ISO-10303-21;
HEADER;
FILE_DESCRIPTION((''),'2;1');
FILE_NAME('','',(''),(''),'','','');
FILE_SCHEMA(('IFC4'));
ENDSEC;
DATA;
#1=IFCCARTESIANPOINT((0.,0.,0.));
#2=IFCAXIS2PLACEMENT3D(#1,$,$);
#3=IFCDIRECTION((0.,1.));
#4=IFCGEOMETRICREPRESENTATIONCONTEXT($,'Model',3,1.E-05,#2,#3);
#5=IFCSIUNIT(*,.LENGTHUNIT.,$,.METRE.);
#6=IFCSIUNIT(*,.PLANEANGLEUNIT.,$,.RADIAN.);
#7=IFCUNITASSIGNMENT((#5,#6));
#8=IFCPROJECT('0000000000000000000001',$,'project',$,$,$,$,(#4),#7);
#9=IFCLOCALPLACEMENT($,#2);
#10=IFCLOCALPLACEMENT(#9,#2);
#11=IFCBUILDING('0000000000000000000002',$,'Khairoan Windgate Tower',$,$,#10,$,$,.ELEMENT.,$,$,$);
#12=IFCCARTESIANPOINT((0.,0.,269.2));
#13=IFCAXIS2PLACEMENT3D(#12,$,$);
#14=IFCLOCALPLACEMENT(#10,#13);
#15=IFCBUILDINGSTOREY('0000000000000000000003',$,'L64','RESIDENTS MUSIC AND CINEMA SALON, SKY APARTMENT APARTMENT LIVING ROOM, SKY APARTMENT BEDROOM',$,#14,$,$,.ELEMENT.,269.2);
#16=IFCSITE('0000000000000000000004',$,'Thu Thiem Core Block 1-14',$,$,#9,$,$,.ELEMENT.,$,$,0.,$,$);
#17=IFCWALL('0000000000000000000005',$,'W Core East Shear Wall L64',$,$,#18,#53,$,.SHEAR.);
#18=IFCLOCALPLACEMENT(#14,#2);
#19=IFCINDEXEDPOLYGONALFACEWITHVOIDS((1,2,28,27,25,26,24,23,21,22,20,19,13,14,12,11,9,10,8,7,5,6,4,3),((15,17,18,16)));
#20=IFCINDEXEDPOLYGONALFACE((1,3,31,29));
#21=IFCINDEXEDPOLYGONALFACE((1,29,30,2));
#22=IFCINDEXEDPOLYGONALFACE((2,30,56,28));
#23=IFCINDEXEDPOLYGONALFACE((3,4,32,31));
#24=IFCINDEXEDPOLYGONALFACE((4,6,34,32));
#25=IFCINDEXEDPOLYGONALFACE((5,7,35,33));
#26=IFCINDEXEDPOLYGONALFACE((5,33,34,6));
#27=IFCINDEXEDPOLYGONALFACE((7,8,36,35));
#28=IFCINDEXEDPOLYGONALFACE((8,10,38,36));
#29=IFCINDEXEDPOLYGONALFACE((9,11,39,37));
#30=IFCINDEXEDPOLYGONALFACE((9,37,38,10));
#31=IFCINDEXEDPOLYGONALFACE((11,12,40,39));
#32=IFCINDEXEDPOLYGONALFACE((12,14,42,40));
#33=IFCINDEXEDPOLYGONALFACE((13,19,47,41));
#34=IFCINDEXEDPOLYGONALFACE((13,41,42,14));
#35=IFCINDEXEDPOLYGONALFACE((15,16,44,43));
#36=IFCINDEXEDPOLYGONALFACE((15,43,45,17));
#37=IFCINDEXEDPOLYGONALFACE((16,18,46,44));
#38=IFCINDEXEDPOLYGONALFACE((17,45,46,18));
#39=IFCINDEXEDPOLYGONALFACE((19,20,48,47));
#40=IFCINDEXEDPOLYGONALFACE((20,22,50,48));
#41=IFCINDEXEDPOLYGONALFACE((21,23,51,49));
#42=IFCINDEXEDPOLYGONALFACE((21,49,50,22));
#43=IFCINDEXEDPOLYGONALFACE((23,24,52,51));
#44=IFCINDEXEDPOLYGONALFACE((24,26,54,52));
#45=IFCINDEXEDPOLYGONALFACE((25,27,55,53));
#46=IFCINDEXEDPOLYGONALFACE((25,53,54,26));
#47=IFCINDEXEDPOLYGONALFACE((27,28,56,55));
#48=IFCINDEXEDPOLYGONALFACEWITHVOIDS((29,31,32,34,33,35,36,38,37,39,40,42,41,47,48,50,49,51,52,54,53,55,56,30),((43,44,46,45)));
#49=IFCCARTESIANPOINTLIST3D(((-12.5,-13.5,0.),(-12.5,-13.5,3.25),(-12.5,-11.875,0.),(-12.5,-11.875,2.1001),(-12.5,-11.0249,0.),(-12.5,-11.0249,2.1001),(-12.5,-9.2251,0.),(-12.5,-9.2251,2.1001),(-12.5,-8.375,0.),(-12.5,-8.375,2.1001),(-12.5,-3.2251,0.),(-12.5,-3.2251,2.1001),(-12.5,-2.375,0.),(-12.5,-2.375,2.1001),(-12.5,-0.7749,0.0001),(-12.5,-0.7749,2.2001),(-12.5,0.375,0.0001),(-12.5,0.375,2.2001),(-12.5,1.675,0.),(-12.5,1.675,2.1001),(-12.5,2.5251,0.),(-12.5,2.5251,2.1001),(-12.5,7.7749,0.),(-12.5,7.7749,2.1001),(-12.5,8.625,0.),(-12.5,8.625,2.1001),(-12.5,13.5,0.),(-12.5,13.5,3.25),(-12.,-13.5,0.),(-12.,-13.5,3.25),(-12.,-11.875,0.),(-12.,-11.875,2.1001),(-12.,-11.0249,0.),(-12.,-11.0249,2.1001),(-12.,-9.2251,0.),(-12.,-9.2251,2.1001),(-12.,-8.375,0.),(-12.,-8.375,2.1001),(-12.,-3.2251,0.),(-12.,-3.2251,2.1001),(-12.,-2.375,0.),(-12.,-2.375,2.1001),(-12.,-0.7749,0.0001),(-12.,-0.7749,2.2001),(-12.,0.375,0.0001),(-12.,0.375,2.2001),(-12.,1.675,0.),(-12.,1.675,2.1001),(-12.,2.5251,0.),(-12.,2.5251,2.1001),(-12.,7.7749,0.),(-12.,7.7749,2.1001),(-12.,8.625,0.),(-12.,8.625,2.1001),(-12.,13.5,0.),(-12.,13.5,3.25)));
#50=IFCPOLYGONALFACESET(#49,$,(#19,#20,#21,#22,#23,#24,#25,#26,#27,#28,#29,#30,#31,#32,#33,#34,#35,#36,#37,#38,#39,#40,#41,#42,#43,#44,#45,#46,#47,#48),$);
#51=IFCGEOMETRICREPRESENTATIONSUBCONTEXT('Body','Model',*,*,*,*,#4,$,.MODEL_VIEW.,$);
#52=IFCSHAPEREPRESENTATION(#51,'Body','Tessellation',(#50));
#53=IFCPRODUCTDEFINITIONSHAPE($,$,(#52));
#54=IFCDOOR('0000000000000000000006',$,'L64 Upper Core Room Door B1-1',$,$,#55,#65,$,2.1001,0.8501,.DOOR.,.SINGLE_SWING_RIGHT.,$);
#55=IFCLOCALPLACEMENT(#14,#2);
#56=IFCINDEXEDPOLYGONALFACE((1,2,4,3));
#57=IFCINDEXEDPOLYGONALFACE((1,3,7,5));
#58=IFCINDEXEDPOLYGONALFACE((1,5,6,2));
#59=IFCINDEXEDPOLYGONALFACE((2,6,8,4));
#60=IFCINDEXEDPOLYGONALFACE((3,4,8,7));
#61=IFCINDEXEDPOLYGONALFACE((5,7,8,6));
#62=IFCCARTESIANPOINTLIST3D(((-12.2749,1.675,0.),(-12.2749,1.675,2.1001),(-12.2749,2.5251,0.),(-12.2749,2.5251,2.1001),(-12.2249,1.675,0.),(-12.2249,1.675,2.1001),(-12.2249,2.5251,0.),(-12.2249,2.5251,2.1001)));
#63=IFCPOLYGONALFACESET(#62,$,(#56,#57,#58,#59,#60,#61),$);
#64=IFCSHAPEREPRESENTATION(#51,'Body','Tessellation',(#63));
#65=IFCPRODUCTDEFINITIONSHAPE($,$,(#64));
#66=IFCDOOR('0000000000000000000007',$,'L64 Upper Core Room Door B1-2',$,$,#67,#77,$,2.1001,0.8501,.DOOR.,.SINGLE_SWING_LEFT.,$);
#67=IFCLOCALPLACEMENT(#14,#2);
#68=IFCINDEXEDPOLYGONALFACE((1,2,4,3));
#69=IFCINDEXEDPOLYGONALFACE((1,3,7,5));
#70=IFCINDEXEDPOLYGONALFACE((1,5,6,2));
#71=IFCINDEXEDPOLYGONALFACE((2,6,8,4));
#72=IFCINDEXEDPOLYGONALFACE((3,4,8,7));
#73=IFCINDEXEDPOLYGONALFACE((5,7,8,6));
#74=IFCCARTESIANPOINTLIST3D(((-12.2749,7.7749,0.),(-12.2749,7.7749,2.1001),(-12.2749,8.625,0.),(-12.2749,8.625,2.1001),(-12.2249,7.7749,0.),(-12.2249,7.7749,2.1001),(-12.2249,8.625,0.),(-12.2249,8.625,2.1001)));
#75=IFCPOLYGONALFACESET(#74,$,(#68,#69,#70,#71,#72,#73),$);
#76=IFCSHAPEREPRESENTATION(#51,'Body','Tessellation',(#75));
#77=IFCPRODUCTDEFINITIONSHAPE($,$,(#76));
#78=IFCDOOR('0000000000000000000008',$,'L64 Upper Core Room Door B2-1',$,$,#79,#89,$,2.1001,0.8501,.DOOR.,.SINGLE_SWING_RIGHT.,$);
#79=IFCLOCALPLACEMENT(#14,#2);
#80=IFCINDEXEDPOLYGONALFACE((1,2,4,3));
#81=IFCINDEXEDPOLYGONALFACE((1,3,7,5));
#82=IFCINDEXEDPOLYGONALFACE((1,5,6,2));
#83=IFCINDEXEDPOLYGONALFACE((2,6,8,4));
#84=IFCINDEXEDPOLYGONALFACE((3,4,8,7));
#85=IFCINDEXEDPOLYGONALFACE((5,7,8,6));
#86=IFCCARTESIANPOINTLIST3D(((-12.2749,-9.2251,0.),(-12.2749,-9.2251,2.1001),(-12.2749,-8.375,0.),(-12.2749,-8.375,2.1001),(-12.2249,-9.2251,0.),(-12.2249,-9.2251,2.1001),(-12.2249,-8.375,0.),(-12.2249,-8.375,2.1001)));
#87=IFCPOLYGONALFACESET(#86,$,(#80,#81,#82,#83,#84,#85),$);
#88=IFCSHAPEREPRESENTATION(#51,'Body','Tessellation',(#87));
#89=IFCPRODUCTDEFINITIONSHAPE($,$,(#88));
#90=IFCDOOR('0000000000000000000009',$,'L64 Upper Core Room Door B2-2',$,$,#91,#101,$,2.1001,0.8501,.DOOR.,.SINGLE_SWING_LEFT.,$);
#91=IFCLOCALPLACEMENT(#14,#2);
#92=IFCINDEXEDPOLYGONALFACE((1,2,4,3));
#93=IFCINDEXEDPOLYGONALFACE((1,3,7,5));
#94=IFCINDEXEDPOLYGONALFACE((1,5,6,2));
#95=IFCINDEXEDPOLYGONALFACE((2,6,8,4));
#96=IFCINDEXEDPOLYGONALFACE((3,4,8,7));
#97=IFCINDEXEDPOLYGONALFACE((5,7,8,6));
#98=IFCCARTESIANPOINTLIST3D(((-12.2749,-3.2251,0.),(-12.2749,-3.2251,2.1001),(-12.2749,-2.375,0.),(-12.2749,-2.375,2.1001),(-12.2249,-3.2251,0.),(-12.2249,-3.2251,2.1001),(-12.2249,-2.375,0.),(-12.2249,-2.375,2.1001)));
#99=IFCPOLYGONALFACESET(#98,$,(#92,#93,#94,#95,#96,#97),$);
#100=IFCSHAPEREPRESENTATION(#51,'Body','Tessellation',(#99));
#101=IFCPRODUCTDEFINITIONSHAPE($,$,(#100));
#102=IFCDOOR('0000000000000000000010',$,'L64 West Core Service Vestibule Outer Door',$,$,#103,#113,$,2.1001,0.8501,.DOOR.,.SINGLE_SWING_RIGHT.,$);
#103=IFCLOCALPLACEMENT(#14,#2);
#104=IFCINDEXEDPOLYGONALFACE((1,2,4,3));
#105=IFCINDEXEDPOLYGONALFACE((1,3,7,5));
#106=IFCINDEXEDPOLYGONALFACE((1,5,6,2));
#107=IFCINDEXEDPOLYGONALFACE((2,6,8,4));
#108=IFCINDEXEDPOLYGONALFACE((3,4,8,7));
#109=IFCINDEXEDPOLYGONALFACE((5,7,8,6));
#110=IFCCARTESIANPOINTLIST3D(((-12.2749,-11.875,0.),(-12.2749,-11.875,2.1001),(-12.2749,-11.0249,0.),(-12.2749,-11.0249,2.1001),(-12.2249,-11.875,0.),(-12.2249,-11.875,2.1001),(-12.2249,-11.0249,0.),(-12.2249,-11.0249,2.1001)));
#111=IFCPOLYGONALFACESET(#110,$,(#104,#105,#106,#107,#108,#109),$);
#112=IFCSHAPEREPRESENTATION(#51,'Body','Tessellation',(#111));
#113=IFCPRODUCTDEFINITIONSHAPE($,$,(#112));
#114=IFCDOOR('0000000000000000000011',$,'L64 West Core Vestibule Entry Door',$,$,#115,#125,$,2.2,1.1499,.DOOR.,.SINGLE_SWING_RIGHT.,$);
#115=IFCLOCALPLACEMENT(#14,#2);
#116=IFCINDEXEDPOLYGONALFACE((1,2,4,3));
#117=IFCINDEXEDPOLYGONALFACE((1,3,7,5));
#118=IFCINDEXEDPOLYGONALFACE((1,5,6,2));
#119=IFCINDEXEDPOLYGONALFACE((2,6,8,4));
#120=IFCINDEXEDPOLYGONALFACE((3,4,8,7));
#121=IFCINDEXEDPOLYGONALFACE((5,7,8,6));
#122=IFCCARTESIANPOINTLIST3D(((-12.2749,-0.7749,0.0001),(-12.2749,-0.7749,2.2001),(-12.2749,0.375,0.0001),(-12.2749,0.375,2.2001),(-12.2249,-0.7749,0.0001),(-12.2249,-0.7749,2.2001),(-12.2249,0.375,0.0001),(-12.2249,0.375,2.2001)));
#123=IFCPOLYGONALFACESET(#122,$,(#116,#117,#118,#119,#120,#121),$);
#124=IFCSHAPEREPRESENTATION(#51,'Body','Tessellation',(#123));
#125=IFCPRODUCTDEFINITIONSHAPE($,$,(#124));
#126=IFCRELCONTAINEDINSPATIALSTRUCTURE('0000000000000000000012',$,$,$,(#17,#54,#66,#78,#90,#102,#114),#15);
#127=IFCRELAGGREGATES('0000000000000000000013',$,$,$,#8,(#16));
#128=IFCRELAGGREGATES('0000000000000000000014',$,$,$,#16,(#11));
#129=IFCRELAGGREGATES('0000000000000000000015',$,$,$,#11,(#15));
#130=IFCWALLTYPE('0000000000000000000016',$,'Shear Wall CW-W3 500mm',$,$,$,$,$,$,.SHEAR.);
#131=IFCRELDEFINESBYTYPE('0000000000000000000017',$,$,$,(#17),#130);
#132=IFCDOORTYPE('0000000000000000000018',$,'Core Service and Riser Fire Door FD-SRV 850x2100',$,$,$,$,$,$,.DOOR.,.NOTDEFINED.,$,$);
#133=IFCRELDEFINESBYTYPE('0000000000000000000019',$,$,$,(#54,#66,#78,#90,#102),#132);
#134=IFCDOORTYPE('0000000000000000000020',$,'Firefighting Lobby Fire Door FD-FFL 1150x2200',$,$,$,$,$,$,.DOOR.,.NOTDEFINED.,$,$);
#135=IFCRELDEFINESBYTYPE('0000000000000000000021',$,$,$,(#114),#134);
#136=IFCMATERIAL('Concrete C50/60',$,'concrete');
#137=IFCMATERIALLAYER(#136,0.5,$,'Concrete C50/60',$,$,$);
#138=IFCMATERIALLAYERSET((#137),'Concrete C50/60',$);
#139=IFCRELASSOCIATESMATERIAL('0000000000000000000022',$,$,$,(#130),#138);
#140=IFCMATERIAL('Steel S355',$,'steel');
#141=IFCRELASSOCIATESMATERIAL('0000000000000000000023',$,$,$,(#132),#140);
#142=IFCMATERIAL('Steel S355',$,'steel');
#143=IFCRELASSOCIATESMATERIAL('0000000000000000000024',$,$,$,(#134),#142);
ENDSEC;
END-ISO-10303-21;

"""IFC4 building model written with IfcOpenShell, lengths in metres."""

from ifc_helpers import new_model, si_unit, direction, frame, frame_2d, origin, place, context, subcontext, project, spatial, rectangle, extrude, material, layer, layer_set, type_object, element, fill, save


model = new_model("IFC4")

# Units and contexts
model_context = context("Model", 3, precision=1e-05, world=origin(), true_north=direction((0.0, 1.0)))
body_context = subcontext(model_context, "Body", "Model", "MODEL_VIEW")
ifc_project = project(units=[si_unit("LENGTHUNIT", "METRE"), si_unit("PLANEANGLEUNIT", "RADIAN")], contexts=[model_context])

# Site, building, storey
site_placement = place(None, origin())
site = spatial("IfcSite", under=ifc_project, at=site_placement, Name="Thu Thiem Core Block 1-14", CompositionType="ELEMENT", RefElevation=0.0)
building_placement = place(site_placement, origin())
building = spatial("IfcBuilding", under=site, at=building_placement, Name="Khairoan Windgate Tower", CompositionType="ELEMENT")
storey_placement = place(building_placement, frame((0.0, 0.0, 269.2)))
storey = spatial("IfcBuildingStorey", under=building, at=storey_placement, Name="L64", Description="RESIDENTS MUSIC AND CINEMA SALON, SKY APARTMENT APARTMENT LIVING ROOM, SKY APARTMENT BEDROOM", CompositionType="ELEMENT", Elevation=269.2)

# Wall, openings, doors
ifc_material_1 = material(Name="Concrete C50/60", Category="concrete")
ifc_layer_1 = layer(ifc_material_1, 0.5, Name="Concrete C50/60")
ifc_layer_set_1 = layer_set([ifc_layer_1], Name="Concrete C50/60")
wall_type_1 = type_object("IfcWallType", Name="Shear Wall CW-W3 500mm", PredefinedType="SHEAR", material=ifc_layer_set_1)
wall_1_placement = place(storey_placement, frame((-12.25, -13.5, 0.0), z_axis=(0.0, 0.0, 1.0), x_axis=(0.0, 1.0, 0.0)))
wall_1 = element("IfcWall", 1, at=wall_1_placement, inside=storey, type_object=wall_type_1, Name="W Core East Shear Wall L64", PredefinedType="SHEAR", context=body_context, shape_type="SweptSolid", body=[
    extrude(rectangle(XDim=27.0, YDim=0.5, at=frame_2d((13.5, 0.0))), origin(), (0.0, 0.0, 1.0), 3.25),
])
opening_1_placement = place(wall_1_placement, frame((15.175, 0.0, 0.0)))
opening_1 = element("IfcOpeningElement", 2, at=opening_1_placement, cuts=wall_1, PredefinedType="OPENING", context=body_context, shape_type="SweptSolid", body=[
    extrude(rectangle(XDim=0.8501, YDim=2.1001, at=frame_2d((0.425, 1.05))), frame((0.0, 0.26, 0.0), z_axis=(0.0, -1.0, 0.0), x_axis=(1.0, 0.0, 0.0)), (0.0, 0.0, 1.0), 0.52),
])
opening_2_placement = place(wall_1_placement, frame((21.2749, 0.0, 0.0)))
opening_2 = element("IfcOpeningElement", 3, at=opening_2_placement, cuts=wall_1, PredefinedType="OPENING", context=body_context, shape_type="SweptSolid", body=[
    extrude(rectangle(XDim=0.8501, YDim=2.1001, at=frame_2d((0.425, 1.05))), frame((0.0, 0.26, 0.0), z_axis=(0.0, -1.0, 0.0), x_axis=(1.0, 0.0, 0.0)), (0.0, 0.0, 1.0), 0.52),
])
opening_3_placement = place(wall_1_placement, frame((4.2749, 0.0, 0.0)))
opening_3 = element("IfcOpeningElement", 4, at=opening_3_placement, cuts=wall_1, PredefinedType="OPENING", context=body_context, shape_type="SweptSolid", body=[
    extrude(rectangle(XDim=0.8501, YDim=2.1001, at=frame_2d((0.425, 1.05))), frame((0.0, 0.26, 0.0), z_axis=(0.0, -1.0, 0.0), x_axis=(1.0, 0.0, 0.0)), (0.0, 0.0, 1.0), 0.52),
])
opening_4_placement = place(wall_1_placement, frame((10.2749, 0.0, 0.0)))
opening_4 = element("IfcOpeningElement", 5, at=opening_4_placement, cuts=wall_1, PredefinedType="OPENING", context=body_context, shape_type="SweptSolid", body=[
    extrude(rectangle(XDim=0.8501, YDim=2.1001, at=frame_2d((0.425, 1.05))), frame((0.0, 0.26, 0.0), z_axis=(0.0, -1.0, 0.0), x_axis=(1.0, 0.0, 0.0)), (0.0, 0.0, 1.0), 0.52),
])
opening_5_placement = place(wall_1_placement, frame((12.7251, 0.0, 0.0)))
opening_5 = element("IfcOpeningElement", 6, at=opening_5_placement, cuts=wall_1, PredefinedType="OPENING", context=body_context, shape_type="SweptSolid", body=[
    extrude(rectangle(XDim=1.1499, YDim=2.2, at=frame_2d((0.575, 1.1001))), frame((0.0, 0.26, 0.0), z_axis=(0.0, -1.0, 0.0), x_axis=(1.0, 0.0, 0.0)), (0.0, 0.0, 1.0), 0.52),
])
opening_6_placement = place(wall_1_placement, frame((1.625, 0.0, 0.0)))
opening_6 = element("IfcOpeningElement", 7, at=opening_6_placement, cuts=wall_1, PredefinedType="OPENING", context=body_context, shape_type="SweptSolid", body=[
    extrude(rectangle(XDim=0.8501, YDim=2.1001, at=frame_2d((0.425, 1.05))), frame((0.0, 0.26, 0.0), z_axis=(0.0, -1.0, 0.0), x_axis=(1.0, 0.0, 0.0)), (0.0, 0.0, 1.0), 0.52),
])
ifc_material_2 = material(Name="Steel S355", Category="steel")
door_type_1 = type_object("IfcDoorType", Name="Core Service and Riser Fire Door FD-SRV 850x2100", OperationType="NOTDEFINED", PredefinedType="DOOR", material=ifc_material_2)
door_1_placement = place(opening_1_placement, origin())
door_1 = element("IfcDoor", 8, at=door_1_placement, inside=storey, type_object=door_type_1, Name="L64 Upper Core Room Door B1-1", OperationType="SINGLE_SWING_RIGHT", OverallHeight=2.1001, OverallWidth=0.8501, PredefinedType="DOOR", context=body_context, shape_type="SweptSolid", body=[
    extrude(rectangle(XDim=0.8501, YDim=2.1001, at=frame_2d((0.425, 1.05))), frame((0.0, 0.0249, 0.0), z_axis=(0.0, -1.0, 0.0), x_axis=(1.0, 0.0, 0.0)), (0.0, 0.0, 1.0), 0.05),
])
fill(opening_1, door_1)
door_2_placement = place(opening_2_placement, origin())
door_2 = element("IfcDoor", 9, at=door_2_placement, inside=storey, type_object=door_type_1, Name="L64 Upper Core Room Door B1-2", OperationType="SINGLE_SWING_LEFT", OverallHeight=2.1001, OverallWidth=0.8501, PredefinedType="DOOR", context=body_context, shape_type="SweptSolid", body=[
    extrude(rectangle(XDim=0.8501, YDim=2.1001, at=frame_2d((0.425, 1.05))), frame((0.0, 0.0249, 0.0), z_axis=(0.0, -1.0, 0.0), x_axis=(1.0, 0.0, 0.0)), (0.0, 0.0, 1.0), 0.05),
])
fill(opening_2, door_2)
door_3_placement = place(opening_3_placement, origin())
door_3 = element("IfcDoor", 10, at=door_3_placement, inside=storey, type_object=door_type_1, Name="L64 Upper Core Room Door B2-1", OperationType="SINGLE_SWING_RIGHT", OverallHeight=2.1001, OverallWidth=0.8501, PredefinedType="DOOR", context=body_context, shape_type="SweptSolid", body=[
    extrude(rectangle(XDim=0.8501, YDim=2.1001, at=frame_2d((0.425, 1.05))), frame((0.0, 0.0249, 0.0), z_axis=(0.0, -1.0, 0.0), x_axis=(1.0, 0.0, 0.0)), (0.0, 0.0, 1.0), 0.05),
])
fill(opening_3, door_3)
door_4_placement = place(opening_4_placement, origin())
door_4 = element("IfcDoor", 11, at=door_4_placement, inside=storey, type_object=door_type_1, Name="L64 Upper Core Room Door B2-2", OperationType="SINGLE_SWING_LEFT", OverallHeight=2.1001, OverallWidth=0.8501, PredefinedType="DOOR", context=body_context, shape_type="SweptSolid", body=[
    extrude(rectangle(XDim=0.8501, YDim=2.1001, at=frame_2d((0.425, 1.05))), frame((0.0, 0.0249, 0.0), z_axis=(0.0, -1.0, 0.0), x_axis=(1.0, 0.0, 0.0)), (0.0, 0.0, 1.0), 0.05),
])
fill(opening_4, door_4)
door_5_placement = place(opening_6_placement, origin())
door_5 = element("IfcDoor", 12, at=door_5_placement, inside=storey, type_object=door_type_1, Name="L64 West Core Service Vestibule Outer Door", OperationType="SINGLE_SWING_RIGHT", OverallHeight=2.1001, OverallWidth=0.8501, PredefinedType="DOOR", context=body_context, shape_type="SweptSolid", body=[
    extrude(rectangle(XDim=0.8501, YDim=2.1001, at=frame_2d((0.425, 1.05))), frame((0.0, 0.0249, 0.0), z_axis=(0.0, -1.0, 0.0), x_axis=(1.0, 0.0, 0.0)), (0.0, 0.0, 1.0), 0.05),
])
fill(opening_6, door_5)
ifc_material_3 = material(Name="Steel S355", Category="steel")
door_type_2 = type_object("IfcDoorType", Name="Firefighting Lobby Fire Door FD-FFL 1150x2200", OperationType="NOTDEFINED", PredefinedType="DOOR", material=ifc_material_3)
door_6_placement = place(opening_5_placement, origin())
door_6 = element("IfcDoor", 13, at=door_6_placement, inside=storey, type_object=door_type_2, Name="L64 West Core Vestibule Entry Door", OperationType="SINGLE_SWING_RIGHT", OverallHeight=2.2, OverallWidth=1.1499, PredefinedType="DOOR", context=body_context, shape_type="SweptSolid", body=[
    extrude(rectangle(XDim=1.1499, YDim=2.2, at=frame_2d((0.575, 1.1001))), frame((0.0, 0.0249, 0.0), z_axis=(0.0, -1.0, 0.0), x_axis=(1.0, 0.0, 0.0)), (0.0, 0.0, 1.0), 0.05),
])
fill(opening_5, door_6)

save(model, "model.ifc")
